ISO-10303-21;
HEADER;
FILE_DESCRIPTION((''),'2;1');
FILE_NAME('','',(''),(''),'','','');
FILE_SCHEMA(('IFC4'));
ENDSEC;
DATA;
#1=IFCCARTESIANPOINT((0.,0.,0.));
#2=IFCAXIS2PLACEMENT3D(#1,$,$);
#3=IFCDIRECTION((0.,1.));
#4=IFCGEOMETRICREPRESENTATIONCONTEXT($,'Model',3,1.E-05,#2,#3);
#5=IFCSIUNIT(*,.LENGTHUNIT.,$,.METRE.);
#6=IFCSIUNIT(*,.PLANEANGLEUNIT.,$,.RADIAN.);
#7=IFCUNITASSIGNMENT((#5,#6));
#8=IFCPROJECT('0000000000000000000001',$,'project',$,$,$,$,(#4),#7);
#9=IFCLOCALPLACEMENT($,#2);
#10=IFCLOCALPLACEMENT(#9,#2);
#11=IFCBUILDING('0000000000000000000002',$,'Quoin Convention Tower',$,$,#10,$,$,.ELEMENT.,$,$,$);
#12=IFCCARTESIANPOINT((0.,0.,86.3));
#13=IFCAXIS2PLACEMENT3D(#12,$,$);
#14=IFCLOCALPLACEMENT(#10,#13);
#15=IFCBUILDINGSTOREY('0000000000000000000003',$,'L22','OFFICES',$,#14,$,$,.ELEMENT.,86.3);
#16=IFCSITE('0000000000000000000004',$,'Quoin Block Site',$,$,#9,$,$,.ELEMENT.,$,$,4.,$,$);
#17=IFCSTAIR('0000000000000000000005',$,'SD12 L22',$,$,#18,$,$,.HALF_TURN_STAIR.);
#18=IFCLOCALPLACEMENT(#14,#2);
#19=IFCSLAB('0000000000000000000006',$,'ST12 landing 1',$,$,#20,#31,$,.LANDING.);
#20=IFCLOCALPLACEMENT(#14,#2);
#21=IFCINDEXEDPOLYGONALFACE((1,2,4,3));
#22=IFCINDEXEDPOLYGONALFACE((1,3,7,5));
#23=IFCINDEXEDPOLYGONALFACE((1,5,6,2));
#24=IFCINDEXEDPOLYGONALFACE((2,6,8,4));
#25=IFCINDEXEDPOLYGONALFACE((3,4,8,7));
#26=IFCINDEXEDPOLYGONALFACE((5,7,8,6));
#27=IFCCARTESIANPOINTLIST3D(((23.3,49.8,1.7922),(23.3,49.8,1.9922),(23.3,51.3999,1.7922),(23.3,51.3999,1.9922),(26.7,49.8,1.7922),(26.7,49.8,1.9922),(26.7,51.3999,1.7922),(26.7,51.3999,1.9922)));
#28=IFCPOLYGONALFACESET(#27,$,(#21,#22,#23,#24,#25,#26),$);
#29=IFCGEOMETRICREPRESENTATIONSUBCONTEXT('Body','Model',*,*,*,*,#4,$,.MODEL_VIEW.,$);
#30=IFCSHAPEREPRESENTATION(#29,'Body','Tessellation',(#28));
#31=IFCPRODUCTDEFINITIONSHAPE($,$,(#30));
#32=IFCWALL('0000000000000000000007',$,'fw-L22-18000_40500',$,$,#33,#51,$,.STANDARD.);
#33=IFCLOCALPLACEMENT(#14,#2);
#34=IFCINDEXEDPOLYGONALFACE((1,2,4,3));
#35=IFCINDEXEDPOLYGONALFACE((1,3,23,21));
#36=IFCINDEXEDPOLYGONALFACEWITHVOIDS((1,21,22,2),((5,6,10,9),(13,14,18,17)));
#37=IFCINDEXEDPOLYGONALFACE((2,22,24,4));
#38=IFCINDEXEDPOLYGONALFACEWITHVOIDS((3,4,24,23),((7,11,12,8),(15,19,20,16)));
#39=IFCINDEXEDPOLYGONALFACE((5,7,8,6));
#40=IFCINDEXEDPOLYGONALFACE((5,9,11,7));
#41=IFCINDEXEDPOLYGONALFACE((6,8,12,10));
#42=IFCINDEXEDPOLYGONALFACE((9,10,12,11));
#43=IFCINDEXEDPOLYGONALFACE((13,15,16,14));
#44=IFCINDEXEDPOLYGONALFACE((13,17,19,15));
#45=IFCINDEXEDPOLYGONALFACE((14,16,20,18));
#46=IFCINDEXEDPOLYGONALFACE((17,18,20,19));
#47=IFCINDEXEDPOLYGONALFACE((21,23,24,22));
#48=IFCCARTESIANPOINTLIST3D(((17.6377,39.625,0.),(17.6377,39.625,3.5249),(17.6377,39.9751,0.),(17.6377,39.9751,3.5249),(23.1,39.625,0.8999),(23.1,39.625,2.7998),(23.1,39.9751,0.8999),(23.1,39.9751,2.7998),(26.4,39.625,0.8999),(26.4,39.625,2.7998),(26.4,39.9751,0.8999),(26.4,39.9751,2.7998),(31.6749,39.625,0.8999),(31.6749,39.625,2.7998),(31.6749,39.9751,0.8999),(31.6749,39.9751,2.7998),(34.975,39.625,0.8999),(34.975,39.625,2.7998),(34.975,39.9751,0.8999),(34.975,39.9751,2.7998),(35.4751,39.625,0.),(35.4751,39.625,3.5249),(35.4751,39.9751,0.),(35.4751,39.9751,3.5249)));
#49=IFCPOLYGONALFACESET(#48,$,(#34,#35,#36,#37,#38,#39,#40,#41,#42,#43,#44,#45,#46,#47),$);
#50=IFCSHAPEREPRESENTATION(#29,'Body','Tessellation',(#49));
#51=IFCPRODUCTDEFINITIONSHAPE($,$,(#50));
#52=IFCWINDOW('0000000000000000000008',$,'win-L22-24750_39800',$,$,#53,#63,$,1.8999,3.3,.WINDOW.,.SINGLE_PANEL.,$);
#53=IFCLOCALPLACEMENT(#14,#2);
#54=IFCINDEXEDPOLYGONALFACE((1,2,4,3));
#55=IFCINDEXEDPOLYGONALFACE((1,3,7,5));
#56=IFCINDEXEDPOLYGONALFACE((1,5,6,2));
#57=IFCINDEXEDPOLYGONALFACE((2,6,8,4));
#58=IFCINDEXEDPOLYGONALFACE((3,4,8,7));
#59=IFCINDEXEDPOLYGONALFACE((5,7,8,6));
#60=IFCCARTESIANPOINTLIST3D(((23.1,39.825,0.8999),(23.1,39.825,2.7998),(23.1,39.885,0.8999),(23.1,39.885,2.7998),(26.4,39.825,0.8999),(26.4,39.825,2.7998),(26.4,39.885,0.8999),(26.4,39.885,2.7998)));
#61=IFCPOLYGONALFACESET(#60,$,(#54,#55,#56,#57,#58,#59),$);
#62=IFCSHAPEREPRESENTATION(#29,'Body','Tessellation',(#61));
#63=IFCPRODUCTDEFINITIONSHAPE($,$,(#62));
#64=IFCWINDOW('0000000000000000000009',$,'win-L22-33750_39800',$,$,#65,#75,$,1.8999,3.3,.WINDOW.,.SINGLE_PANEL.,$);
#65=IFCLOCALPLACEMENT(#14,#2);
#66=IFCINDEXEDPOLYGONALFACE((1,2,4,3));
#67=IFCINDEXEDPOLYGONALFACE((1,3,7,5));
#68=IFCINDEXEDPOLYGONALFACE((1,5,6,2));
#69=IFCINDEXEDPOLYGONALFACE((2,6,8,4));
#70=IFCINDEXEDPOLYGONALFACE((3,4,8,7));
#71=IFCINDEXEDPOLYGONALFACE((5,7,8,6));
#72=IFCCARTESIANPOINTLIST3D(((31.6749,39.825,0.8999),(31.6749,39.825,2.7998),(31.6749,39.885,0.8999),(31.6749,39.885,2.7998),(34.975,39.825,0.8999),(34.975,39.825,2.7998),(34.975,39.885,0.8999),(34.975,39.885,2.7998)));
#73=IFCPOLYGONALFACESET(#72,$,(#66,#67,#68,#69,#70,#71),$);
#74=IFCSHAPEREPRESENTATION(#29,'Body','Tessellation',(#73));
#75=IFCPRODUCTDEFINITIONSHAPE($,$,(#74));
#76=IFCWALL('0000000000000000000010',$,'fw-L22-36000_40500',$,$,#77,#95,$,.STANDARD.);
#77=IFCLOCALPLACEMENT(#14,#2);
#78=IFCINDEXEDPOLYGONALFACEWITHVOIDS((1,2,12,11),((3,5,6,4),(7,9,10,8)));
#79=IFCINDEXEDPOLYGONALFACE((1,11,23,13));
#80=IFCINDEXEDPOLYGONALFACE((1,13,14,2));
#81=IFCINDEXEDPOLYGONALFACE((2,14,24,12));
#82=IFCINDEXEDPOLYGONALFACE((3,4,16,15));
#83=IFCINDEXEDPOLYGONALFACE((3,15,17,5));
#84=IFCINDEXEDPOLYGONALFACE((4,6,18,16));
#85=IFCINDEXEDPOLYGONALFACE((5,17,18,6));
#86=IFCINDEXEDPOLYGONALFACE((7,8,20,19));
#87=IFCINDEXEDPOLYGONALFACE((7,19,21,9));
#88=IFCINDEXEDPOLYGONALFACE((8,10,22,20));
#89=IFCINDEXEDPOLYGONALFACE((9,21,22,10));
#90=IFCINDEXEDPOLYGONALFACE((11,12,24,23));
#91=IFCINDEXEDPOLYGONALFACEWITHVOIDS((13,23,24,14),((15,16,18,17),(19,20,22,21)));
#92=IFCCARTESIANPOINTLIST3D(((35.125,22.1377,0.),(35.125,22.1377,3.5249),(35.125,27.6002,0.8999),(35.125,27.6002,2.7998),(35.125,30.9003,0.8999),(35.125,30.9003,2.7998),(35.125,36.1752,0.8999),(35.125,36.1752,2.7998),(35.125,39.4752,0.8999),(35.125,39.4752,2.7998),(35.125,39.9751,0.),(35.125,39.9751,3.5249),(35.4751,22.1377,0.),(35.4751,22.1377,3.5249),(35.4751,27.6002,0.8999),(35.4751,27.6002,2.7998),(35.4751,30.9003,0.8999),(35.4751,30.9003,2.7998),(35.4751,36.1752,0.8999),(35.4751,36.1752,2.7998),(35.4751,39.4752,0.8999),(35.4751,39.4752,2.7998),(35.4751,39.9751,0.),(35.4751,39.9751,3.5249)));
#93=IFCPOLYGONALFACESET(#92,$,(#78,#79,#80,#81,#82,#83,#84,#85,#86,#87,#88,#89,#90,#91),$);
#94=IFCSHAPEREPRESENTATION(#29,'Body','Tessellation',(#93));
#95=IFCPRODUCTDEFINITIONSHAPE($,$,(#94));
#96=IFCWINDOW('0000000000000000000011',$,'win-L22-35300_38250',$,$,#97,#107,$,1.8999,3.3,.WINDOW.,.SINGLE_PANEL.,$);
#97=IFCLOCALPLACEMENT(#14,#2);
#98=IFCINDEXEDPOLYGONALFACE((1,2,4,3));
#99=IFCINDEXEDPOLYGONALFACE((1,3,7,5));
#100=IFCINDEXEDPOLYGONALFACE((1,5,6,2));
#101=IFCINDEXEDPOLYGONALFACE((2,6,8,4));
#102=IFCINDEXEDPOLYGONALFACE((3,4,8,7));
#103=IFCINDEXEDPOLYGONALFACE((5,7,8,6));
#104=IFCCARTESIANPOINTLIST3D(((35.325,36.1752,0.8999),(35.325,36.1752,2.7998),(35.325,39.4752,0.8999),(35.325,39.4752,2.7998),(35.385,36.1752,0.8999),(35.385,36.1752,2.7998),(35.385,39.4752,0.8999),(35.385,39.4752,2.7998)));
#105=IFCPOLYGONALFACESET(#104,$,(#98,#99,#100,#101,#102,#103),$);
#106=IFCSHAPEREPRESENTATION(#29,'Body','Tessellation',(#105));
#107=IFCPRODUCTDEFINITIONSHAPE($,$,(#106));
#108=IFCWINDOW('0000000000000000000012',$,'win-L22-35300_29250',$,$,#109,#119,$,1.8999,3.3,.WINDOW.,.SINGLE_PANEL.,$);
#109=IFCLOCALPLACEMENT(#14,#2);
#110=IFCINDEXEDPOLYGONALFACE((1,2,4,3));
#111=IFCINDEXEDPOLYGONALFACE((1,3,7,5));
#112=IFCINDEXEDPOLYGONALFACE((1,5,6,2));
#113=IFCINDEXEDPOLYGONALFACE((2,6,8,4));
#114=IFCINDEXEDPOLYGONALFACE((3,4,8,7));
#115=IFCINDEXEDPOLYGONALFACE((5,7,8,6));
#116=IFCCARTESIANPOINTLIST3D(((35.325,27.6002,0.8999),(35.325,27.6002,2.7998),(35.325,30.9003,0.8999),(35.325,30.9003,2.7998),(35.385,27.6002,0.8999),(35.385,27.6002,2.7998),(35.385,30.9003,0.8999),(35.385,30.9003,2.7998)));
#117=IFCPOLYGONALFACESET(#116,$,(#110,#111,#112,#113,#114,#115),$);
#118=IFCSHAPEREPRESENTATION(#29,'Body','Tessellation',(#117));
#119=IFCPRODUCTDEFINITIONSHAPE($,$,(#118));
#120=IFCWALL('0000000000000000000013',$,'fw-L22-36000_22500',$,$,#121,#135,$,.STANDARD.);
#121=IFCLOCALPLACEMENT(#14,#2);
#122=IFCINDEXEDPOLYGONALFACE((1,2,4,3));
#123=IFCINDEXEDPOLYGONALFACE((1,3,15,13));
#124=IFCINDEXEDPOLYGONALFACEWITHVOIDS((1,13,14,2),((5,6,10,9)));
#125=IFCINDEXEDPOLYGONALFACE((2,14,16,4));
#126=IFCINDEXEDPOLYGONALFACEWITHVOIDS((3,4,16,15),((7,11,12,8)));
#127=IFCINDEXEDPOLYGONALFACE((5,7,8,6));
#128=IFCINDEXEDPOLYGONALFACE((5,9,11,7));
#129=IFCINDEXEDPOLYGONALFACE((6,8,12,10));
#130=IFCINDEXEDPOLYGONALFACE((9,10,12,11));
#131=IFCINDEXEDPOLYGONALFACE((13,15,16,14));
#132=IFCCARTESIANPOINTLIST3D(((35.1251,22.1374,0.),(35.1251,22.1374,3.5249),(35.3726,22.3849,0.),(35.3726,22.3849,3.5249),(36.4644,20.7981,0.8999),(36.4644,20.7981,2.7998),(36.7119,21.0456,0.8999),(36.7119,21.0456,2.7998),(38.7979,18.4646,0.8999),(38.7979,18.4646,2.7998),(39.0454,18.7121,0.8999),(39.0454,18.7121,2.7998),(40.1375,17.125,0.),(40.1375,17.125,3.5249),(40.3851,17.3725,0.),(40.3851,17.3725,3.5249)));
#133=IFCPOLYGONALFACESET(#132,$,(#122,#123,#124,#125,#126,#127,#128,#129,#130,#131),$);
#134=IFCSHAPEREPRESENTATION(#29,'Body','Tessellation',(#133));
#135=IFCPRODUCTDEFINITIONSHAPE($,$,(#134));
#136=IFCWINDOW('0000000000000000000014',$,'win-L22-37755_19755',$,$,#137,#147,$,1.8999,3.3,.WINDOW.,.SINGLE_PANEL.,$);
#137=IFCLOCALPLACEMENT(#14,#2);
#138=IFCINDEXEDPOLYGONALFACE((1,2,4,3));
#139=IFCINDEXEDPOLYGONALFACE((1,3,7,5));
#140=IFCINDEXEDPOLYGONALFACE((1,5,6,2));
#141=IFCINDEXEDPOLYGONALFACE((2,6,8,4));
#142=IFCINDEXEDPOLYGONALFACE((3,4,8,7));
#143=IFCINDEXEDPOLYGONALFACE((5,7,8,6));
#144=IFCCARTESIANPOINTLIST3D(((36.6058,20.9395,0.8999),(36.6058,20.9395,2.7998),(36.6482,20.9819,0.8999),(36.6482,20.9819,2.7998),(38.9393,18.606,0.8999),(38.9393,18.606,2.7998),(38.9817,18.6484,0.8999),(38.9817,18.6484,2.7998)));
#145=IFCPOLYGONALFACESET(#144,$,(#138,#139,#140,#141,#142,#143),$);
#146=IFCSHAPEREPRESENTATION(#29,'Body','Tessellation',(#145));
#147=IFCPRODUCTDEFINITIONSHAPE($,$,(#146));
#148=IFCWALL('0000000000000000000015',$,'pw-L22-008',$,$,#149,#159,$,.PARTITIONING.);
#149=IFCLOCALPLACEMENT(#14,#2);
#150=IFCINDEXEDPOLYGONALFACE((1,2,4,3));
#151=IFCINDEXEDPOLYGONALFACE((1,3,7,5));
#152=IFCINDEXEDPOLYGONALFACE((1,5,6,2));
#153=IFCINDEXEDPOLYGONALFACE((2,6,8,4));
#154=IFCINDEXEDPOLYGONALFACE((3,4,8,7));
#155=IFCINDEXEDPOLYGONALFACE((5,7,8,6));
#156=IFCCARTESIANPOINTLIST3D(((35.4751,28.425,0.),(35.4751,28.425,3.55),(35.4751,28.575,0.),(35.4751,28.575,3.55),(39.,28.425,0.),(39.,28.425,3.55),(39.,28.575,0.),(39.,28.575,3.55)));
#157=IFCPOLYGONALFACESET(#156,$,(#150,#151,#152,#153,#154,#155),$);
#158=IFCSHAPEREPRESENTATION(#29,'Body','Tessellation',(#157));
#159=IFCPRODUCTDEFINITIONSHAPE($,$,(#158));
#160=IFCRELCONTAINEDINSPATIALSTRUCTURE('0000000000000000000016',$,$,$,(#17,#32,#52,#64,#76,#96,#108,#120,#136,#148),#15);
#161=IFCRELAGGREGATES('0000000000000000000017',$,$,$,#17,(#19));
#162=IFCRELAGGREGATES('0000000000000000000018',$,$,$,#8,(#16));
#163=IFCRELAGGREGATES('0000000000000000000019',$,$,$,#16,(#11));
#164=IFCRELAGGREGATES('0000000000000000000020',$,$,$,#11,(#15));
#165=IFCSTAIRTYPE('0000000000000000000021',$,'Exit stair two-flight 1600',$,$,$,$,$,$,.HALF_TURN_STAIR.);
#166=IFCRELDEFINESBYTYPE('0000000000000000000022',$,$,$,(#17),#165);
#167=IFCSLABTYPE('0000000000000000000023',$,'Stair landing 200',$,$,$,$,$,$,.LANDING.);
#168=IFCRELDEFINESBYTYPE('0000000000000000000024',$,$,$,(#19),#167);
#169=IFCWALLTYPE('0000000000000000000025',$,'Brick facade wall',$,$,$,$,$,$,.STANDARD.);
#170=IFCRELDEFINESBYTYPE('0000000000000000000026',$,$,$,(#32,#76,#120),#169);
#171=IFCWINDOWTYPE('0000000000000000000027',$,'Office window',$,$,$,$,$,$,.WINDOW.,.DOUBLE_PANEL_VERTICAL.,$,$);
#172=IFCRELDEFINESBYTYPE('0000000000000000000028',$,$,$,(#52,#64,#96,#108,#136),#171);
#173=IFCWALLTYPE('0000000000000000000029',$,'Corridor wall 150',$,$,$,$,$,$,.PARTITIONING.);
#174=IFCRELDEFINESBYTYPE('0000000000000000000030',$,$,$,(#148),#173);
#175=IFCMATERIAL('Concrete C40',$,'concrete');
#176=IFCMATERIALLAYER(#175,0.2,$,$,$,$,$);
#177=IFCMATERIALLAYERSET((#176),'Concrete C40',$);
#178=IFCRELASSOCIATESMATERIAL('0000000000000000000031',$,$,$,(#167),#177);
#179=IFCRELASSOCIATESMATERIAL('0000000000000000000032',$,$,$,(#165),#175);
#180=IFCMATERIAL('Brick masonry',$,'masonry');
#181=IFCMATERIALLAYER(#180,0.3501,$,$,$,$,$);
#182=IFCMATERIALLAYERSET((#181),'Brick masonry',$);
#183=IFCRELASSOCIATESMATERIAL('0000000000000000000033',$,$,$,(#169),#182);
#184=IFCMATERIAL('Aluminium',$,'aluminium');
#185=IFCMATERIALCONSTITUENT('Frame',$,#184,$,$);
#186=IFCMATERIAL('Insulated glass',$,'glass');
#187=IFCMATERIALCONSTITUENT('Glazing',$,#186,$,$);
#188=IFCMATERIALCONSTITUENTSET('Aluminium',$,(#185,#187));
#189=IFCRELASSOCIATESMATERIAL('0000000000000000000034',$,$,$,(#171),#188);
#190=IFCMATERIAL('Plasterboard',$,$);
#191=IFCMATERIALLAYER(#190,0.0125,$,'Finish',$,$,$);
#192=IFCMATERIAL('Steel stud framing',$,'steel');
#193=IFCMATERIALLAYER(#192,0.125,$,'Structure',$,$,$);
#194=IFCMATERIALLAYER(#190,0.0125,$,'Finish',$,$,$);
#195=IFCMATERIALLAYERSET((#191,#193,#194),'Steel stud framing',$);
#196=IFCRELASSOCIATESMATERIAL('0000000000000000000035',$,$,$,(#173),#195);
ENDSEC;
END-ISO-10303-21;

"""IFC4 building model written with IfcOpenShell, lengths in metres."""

from ifc_helpers import new_model, si_unit, direction, frame, frame_2d, origin, place, context, subcontext, project, spatial, polyline, rectangle, outline, extrude, material, layer, layer_set, constituent, constituent_set, type_object, element, fill, aggregate, save


model = new_model("IFC4")

# Units and contexts
model_context = context("Model", 3, precision=1e-05, world=origin(), true_north=direction((0.0, 1.0)))
body_context = subcontext(model_context, "Body", "Model", "MODEL_VIEW")
ifc_project = project(units=[si_unit("LENGTHUNIT", "METRE"), si_unit("PLANEANGLEUNIT", "RADIAN")], contexts=[model_context])

# Site, building, storey
site_placement = place(None, origin())
site = spatial("IfcSite", under=ifc_project, at=site_placement, Name="Quoin Block Site", CompositionType="ELEMENT", RefElevation=4.0)
building_placement = place(site_placement, origin())
building = spatial("IfcBuilding", under=site, at=building_placement, Name="Quoin Convention Tower", CompositionType="ELEMENT")
storey_placement = place(building_placement, frame((0.0, 0.0, 86.3)))
storey = spatial("IfcBuildingStorey", under=building, at=storey_placement, Name="L22", Description="OFFICES", CompositionType="ELEMENT", Elevation=86.3)

# Shared definitions
ifc_material_1 = material(Name="Concrete C40", Category="concrete")

# Stair, slab
ifc_layer_1 = layer(ifc_material_1, 0.2)
ifc_layer_set_1 = layer_set([ifc_layer_1], Name="Concrete C40")
slab_type_1 = type_object("IfcSlabType", Name="Stair landing 200", PredefinedType="LANDING", material=ifc_layer_set_1)
stair_type_1 = type_object("IfcStairType", Name="Exit stair two-flight 1600", PredefinedType="HALF_TURN_STAIR", material=ifc_material_1)
stair_1_placement = place(storey_placement, origin())
stair_1 = element("IfcStair", 1, at=stair_1_placement, inside=storey, type_object=stair_type_1, Name="SD12 L22", PredefinedType="HALF_TURN_STAIR")
slab_1_placement = place(storey_placement, frame((0.0, 0.0, 1.7922)))
slab_1 = element("IfcSlab", 2, at=slab_1_placement, type_object=slab_type_1, Name="ST12 landing 1", PredefinedType="LANDING", context=body_context, shape_type="SweptSolid", body=[
    extrude(outline(polyline([(26.7, 51.3999), (23.3, 51.3999), (23.3, 49.8), (26.7, 49.8), (26.7, 51.3999)])), origin(), (0.0, 0.0, 1.0), 0.2),
])
aggregate(stair_1, [slab_1])

# Walls, openings, windows
ifc_material_2 = material(Name="Brick masonry", Category="masonry")
ifc_layer_2 = layer(ifc_material_2, 0.3501)
ifc_layer_set_2 = layer_set([ifc_layer_2], Name="Brick masonry")
wall_type_1 = type_object("IfcWallType", Name="Brick facade wall", PredefinedType="STANDARD", material=ifc_layer_set_2)
wall_1_placement = place(storey_placement, frame((17.6377, 39.8, 0.0), z_axis=(0.0, 0.0, 1.0), x_axis=(1.0, 0.0, 0.0)))
wall_1 = element("IfcWall", 3, at=wall_1_placement, inside=storey, type_object=wall_type_1, Name="fw-L22-18000_40500", PredefinedType="STANDARD", context=body_context, shape_type="SweptSolid", body=[
    extrude(rectangle(XDim=17.8374, YDim=0.3501, at=frame_2d((8.9187, 0.0))), origin(), (0.0, 0.0, 1.0), 3.5249),
])
opening_1_placement = place(wall_1_placement, frame((5.4624, 0.0, 0.8999)))
opening_1 = element("IfcOpeningElement", 4, at=opening_1_placement, cuts=wall_1, PredefinedType="OPENING", context=body_context, shape_type="SweptSolid", body=[
    extrude(rectangle(XDim=3.3, YDim=1.8999, at=frame_2d((1.6499, 0.95))), frame((0.0, 0.1851, 0.0), z_axis=(0.0, -1.0, 0.0), x_axis=(1.0, 0.0, 0.0)), (0.0, 0.0, 1.0), 0.3701),
])
opening_2_placement = place(wall_1_placement, frame((14.0374, 0.0, 0.8999)))
opening_2 = element("IfcOpeningElement", 5, at=opening_2_placement, cuts=wall_1, PredefinedType="OPENING", context=body_context, shape_type="SweptSolid", body=[
    extrude(rectangle(XDim=3.3, YDim=1.8999, at=frame_2d((1.6499, 0.95))), frame((0.0, 0.1851, 0.0), z_axis=(0.0, -1.0, 0.0), x_axis=(1.0, 0.0, 0.0)), (0.0, 0.0, 1.0), 0.3701),
])
ifc_material_3 = material(Name="Aluminium", Category="aluminium")
ifc_constituent_1 = constituent(ifc_material_3, Name="Frame")
ifc_material_4 = material(Name="Insulated glass", Category="glass")
ifc_constituent_2 = constituent(ifc_material_4, Name="Glazing")
ifc_constituent_set = constituent_set(constituents=[ifc_constituent_1, ifc_constituent_2], Name="Aluminium")
window_type = type_object("IfcWindowType", Name="Office window", PartitioningType="DOUBLE_PANEL_VERTICAL", PredefinedType="WINDOW", material=ifc_constituent_set)
window_1_placement = place(opening_1_placement, origin())
window_1 = element("IfcWindow", 6, at=window_1_placement, inside=storey, type_object=window_type, Name="win-L22-24750_39800", OverallHeight=1.8999, OverallWidth=3.3, PartitioningType="SINGLE_PANEL", PredefinedType="WINDOW", context=body_context, shape_type="SweptSolid", body=[
    extrude(rectangle(XDim=3.3, YDim=1.8999, at=frame_2d((1.6499, 0.95))), frame((0.0, 0.085, 0.0), z_axis=(0.0, -1.0, 0.0), x_axis=(1.0, 0.0, 0.0)), (0.0, 0.0, 1.0), 0.0601),
])
fill(opening_1, window_1)
window_2_placement = place(opening_2_placement, origin())
window_2 = element("IfcWindow", 7, at=window_2_placement, inside=storey, type_object=window_type, Name="win-L22-33750_39800", OverallHeight=1.8999, OverallWidth=3.3, PartitioningType="SINGLE_PANEL", PredefinedType="WINDOW", context=body_context, shape_type="SweptSolid", body=[
    extrude(rectangle(XDim=3.3, YDim=1.8999, at=frame_2d((1.6499, 0.95))), frame((0.0, 0.085, 0.0), z_axis=(0.0, -1.0, 0.0), x_axis=(1.0, 0.0, 0.0)), (0.0, 0.0, 1.0), 0.0601),
])
fill(opening_2, window_2)
wall_2_placement = place(storey_placement, frame((35.3, 39.9751, 0.0), z_axis=(0.0, 0.0, 1.0), x_axis=(0.0, -1.0, 0.0)))
wall_2 = element("IfcWall", 8, at=wall_2_placement, inside=storey, type_object=wall_type_1, Name="fw-L22-36000_40500", PredefinedType="STANDARD", context=body_context, shape_type="SweptSolid", body=[
    extrude(rectangle(XDim=17.8374, YDim=0.3501, at=frame_2d((8.9187, 0.0))), origin(), (0.0, 0.0, 1.0), 3.5249),
])
opening_3_placement = place(wall_2_placement, frame((0.5, 0.0, 0.8999)))
opening_3 = element("IfcOpeningElement", 9, at=opening_3_placement, cuts=wall_2, PredefinedType="OPENING", context=body_context, shape_type="SweptSolid", body=[
    extrude(rectangle(XDim=3.3, YDim=1.8999, at=frame_2d((1.6499, 0.95))), frame((0.0, 0.1851, 0.0), z_axis=(0.0, -1.0, 0.0), x_axis=(1.0, 0.0, 0.0)), (0.0, 0.0, 1.0), 0.3701),
])
opening_4_placement = place(wall_2_placement, frame((9.075, 0.0, 0.8999)))
opening_4 = element("IfcOpeningElement", 10, at=opening_4_placement, cuts=wall_2, PredefinedType="OPENING", context=body_context, shape_type="SweptSolid", body=[
    extrude(rectangle(XDim=3.3, YDim=1.8999, at=frame_2d((1.6499, 0.95))), frame((0.0, 0.1851, 0.0), z_axis=(0.0, -1.0, 0.0), x_axis=(1.0, 0.0, 0.0)), (0.0, 0.0, 1.0), 0.3701),
])
window_3_placement = place(opening_3_placement, origin())
window_3 = element("IfcWindow", 11, at=window_3_placement, inside=storey, type_object=window_type, Name="win-L22-35300_38250", OverallHeight=1.8999, OverallWidth=3.3, PartitioningType="SINGLE_PANEL", PredefinedType="WINDOW", context=body_context, shape_type="SweptSolid", body=[
    extrude(rectangle(XDim=3.3, YDim=1.8999, at=frame_2d((1.6499, 0.95))), frame((0.0, 0.085, 0.0), z_axis=(0.0, -1.0, 0.0), x_axis=(1.0, 0.0, 0.0)), (0.0, 0.0, 1.0), 0.0601),
])
fill(opening_3, window_3)
window_4_placement = place(opening_4_placement, origin())
window_4 = element("IfcWindow", 12, at=window_4_placement, inside=storey, type_object=window_type, Name="win-L22-35300_29250", OverallHeight=1.8999, OverallWidth=3.3, PartitioningType="SINGLE_PANEL", PredefinedType="WINDOW", context=body_context, shape_type="SweptSolid", body=[
    extrude(rectangle(XDim=3.3, YDim=1.8999, at=frame_2d((1.6499, 0.95))), frame((0.0, 0.085, 0.0), z_axis=(0.0, -1.0, 0.0), x_axis=(1.0, 0.0, 0.0)), (0.0, 0.0, 1.0), 0.0601),
])
fill(opening_4, window_4)

# Wall, opening, window
wall_3_placement = place(storey_placement, frame((35.2488, 22.2612, 0.0), z_axis=(0.0, 0.0, 1.0), x_axis=(0.707107, -0.707107, 0.0)))
wall_3 = element("IfcWall", 13, at=wall_3_placement, inside=storey, type_object=wall_type_1, Name="fw-L22-36000_22500", PredefinedType="STANDARD", context=body_context, shape_type="SweptSolid", body=[
    extrude(rectangle(XDim=7.0886, YDim=0.3501, at=frame_2d((3.5444, 0.0))), origin(), (0.0, 0.0, 1.0), 3.5249),
])
opening_5_placement = place(wall_3_placement, frame((1.8943, 0.0, 0.8999)))
opening_5 = element("IfcOpeningElement", 14, at=opening_5_placement, cuts=wall_3, PredefinedType="OPENING", context=body_context, shape_type="SweptSolid", body=[
    extrude(rectangle(XDim=3.3, YDim=1.8999, at=frame_2d((1.6499, 0.95))), frame((0.0, 0.1851, 0.0), z_axis=(0.0, -1.0, 0.0), x_axis=(1.0, 0.0, 0.0)), (0.0, 0.0, 1.0), 0.3701),
])
window_5_placement = place(opening_5_placement, origin())
window_5 = element("IfcWindow", 15, at=window_5_placement, inside=storey, type_object=window_type, Name="win-L22-37755_19755", OverallHeight=1.8999, OverallWidth=3.3, PartitioningType="SINGLE_PANEL", PredefinedType="WINDOW", context=body_context, shape_type="SweptSolid", body=[
    extrude(rectangle(XDim=3.3, YDim=1.8999, at=frame_2d((1.6499, 0.95))), frame((0.0, 0.085, 0.0), z_axis=(0.0, -1.0, 0.0), x_axis=(1.0, 0.0, 0.0)), (0.0, 0.0, 1.0), 0.0601),
])
fill(opening_5, window_5)

# Wall
ifc_material_5 = material(Name="Plasterboard")
ifc_layer_3 = layer(ifc_material_5, 0.0125, Name="Finish")
ifc_material_6 = material(Name="Steel stud framing", Category="steel")
ifc_layer_4 = layer(ifc_material_6, 0.125, Name="Structure")
ifc_layer_5 = layer(ifc_material_5, 0.0125, Name="Finish")
ifc_layer_set_3 = layer_set([ifc_layer_3, ifc_layer_4, ifc_layer_5], Name="Steel stud framing")
wall_type_2 = type_object("IfcWallType", Name="Corridor wall 150", PredefinedType="PARTITIONING", material=ifc_layer_set_3)
wall_4_placement = place(storey_placement, frame((35.4751, 28.5, 0.0), z_axis=(0.0, 0.0, 1.0), x_axis=(1.0, 0.0, 0.0)))
element("IfcWall", 16, at=wall_4_placement, inside=storey, type_object=wall_type_2, Name="pw-L22-008", PredefinedType="PARTITIONING", context=body_context, shape_type="SweptSolid", body=[
    extrude(rectangle(XDim=3.5249, YDim=0.1499, at=frame_2d((1.7625, 0.0))), origin(), (0.0, 0.0, 1.0), 3.55),
])

save(model, "model.ifc")
